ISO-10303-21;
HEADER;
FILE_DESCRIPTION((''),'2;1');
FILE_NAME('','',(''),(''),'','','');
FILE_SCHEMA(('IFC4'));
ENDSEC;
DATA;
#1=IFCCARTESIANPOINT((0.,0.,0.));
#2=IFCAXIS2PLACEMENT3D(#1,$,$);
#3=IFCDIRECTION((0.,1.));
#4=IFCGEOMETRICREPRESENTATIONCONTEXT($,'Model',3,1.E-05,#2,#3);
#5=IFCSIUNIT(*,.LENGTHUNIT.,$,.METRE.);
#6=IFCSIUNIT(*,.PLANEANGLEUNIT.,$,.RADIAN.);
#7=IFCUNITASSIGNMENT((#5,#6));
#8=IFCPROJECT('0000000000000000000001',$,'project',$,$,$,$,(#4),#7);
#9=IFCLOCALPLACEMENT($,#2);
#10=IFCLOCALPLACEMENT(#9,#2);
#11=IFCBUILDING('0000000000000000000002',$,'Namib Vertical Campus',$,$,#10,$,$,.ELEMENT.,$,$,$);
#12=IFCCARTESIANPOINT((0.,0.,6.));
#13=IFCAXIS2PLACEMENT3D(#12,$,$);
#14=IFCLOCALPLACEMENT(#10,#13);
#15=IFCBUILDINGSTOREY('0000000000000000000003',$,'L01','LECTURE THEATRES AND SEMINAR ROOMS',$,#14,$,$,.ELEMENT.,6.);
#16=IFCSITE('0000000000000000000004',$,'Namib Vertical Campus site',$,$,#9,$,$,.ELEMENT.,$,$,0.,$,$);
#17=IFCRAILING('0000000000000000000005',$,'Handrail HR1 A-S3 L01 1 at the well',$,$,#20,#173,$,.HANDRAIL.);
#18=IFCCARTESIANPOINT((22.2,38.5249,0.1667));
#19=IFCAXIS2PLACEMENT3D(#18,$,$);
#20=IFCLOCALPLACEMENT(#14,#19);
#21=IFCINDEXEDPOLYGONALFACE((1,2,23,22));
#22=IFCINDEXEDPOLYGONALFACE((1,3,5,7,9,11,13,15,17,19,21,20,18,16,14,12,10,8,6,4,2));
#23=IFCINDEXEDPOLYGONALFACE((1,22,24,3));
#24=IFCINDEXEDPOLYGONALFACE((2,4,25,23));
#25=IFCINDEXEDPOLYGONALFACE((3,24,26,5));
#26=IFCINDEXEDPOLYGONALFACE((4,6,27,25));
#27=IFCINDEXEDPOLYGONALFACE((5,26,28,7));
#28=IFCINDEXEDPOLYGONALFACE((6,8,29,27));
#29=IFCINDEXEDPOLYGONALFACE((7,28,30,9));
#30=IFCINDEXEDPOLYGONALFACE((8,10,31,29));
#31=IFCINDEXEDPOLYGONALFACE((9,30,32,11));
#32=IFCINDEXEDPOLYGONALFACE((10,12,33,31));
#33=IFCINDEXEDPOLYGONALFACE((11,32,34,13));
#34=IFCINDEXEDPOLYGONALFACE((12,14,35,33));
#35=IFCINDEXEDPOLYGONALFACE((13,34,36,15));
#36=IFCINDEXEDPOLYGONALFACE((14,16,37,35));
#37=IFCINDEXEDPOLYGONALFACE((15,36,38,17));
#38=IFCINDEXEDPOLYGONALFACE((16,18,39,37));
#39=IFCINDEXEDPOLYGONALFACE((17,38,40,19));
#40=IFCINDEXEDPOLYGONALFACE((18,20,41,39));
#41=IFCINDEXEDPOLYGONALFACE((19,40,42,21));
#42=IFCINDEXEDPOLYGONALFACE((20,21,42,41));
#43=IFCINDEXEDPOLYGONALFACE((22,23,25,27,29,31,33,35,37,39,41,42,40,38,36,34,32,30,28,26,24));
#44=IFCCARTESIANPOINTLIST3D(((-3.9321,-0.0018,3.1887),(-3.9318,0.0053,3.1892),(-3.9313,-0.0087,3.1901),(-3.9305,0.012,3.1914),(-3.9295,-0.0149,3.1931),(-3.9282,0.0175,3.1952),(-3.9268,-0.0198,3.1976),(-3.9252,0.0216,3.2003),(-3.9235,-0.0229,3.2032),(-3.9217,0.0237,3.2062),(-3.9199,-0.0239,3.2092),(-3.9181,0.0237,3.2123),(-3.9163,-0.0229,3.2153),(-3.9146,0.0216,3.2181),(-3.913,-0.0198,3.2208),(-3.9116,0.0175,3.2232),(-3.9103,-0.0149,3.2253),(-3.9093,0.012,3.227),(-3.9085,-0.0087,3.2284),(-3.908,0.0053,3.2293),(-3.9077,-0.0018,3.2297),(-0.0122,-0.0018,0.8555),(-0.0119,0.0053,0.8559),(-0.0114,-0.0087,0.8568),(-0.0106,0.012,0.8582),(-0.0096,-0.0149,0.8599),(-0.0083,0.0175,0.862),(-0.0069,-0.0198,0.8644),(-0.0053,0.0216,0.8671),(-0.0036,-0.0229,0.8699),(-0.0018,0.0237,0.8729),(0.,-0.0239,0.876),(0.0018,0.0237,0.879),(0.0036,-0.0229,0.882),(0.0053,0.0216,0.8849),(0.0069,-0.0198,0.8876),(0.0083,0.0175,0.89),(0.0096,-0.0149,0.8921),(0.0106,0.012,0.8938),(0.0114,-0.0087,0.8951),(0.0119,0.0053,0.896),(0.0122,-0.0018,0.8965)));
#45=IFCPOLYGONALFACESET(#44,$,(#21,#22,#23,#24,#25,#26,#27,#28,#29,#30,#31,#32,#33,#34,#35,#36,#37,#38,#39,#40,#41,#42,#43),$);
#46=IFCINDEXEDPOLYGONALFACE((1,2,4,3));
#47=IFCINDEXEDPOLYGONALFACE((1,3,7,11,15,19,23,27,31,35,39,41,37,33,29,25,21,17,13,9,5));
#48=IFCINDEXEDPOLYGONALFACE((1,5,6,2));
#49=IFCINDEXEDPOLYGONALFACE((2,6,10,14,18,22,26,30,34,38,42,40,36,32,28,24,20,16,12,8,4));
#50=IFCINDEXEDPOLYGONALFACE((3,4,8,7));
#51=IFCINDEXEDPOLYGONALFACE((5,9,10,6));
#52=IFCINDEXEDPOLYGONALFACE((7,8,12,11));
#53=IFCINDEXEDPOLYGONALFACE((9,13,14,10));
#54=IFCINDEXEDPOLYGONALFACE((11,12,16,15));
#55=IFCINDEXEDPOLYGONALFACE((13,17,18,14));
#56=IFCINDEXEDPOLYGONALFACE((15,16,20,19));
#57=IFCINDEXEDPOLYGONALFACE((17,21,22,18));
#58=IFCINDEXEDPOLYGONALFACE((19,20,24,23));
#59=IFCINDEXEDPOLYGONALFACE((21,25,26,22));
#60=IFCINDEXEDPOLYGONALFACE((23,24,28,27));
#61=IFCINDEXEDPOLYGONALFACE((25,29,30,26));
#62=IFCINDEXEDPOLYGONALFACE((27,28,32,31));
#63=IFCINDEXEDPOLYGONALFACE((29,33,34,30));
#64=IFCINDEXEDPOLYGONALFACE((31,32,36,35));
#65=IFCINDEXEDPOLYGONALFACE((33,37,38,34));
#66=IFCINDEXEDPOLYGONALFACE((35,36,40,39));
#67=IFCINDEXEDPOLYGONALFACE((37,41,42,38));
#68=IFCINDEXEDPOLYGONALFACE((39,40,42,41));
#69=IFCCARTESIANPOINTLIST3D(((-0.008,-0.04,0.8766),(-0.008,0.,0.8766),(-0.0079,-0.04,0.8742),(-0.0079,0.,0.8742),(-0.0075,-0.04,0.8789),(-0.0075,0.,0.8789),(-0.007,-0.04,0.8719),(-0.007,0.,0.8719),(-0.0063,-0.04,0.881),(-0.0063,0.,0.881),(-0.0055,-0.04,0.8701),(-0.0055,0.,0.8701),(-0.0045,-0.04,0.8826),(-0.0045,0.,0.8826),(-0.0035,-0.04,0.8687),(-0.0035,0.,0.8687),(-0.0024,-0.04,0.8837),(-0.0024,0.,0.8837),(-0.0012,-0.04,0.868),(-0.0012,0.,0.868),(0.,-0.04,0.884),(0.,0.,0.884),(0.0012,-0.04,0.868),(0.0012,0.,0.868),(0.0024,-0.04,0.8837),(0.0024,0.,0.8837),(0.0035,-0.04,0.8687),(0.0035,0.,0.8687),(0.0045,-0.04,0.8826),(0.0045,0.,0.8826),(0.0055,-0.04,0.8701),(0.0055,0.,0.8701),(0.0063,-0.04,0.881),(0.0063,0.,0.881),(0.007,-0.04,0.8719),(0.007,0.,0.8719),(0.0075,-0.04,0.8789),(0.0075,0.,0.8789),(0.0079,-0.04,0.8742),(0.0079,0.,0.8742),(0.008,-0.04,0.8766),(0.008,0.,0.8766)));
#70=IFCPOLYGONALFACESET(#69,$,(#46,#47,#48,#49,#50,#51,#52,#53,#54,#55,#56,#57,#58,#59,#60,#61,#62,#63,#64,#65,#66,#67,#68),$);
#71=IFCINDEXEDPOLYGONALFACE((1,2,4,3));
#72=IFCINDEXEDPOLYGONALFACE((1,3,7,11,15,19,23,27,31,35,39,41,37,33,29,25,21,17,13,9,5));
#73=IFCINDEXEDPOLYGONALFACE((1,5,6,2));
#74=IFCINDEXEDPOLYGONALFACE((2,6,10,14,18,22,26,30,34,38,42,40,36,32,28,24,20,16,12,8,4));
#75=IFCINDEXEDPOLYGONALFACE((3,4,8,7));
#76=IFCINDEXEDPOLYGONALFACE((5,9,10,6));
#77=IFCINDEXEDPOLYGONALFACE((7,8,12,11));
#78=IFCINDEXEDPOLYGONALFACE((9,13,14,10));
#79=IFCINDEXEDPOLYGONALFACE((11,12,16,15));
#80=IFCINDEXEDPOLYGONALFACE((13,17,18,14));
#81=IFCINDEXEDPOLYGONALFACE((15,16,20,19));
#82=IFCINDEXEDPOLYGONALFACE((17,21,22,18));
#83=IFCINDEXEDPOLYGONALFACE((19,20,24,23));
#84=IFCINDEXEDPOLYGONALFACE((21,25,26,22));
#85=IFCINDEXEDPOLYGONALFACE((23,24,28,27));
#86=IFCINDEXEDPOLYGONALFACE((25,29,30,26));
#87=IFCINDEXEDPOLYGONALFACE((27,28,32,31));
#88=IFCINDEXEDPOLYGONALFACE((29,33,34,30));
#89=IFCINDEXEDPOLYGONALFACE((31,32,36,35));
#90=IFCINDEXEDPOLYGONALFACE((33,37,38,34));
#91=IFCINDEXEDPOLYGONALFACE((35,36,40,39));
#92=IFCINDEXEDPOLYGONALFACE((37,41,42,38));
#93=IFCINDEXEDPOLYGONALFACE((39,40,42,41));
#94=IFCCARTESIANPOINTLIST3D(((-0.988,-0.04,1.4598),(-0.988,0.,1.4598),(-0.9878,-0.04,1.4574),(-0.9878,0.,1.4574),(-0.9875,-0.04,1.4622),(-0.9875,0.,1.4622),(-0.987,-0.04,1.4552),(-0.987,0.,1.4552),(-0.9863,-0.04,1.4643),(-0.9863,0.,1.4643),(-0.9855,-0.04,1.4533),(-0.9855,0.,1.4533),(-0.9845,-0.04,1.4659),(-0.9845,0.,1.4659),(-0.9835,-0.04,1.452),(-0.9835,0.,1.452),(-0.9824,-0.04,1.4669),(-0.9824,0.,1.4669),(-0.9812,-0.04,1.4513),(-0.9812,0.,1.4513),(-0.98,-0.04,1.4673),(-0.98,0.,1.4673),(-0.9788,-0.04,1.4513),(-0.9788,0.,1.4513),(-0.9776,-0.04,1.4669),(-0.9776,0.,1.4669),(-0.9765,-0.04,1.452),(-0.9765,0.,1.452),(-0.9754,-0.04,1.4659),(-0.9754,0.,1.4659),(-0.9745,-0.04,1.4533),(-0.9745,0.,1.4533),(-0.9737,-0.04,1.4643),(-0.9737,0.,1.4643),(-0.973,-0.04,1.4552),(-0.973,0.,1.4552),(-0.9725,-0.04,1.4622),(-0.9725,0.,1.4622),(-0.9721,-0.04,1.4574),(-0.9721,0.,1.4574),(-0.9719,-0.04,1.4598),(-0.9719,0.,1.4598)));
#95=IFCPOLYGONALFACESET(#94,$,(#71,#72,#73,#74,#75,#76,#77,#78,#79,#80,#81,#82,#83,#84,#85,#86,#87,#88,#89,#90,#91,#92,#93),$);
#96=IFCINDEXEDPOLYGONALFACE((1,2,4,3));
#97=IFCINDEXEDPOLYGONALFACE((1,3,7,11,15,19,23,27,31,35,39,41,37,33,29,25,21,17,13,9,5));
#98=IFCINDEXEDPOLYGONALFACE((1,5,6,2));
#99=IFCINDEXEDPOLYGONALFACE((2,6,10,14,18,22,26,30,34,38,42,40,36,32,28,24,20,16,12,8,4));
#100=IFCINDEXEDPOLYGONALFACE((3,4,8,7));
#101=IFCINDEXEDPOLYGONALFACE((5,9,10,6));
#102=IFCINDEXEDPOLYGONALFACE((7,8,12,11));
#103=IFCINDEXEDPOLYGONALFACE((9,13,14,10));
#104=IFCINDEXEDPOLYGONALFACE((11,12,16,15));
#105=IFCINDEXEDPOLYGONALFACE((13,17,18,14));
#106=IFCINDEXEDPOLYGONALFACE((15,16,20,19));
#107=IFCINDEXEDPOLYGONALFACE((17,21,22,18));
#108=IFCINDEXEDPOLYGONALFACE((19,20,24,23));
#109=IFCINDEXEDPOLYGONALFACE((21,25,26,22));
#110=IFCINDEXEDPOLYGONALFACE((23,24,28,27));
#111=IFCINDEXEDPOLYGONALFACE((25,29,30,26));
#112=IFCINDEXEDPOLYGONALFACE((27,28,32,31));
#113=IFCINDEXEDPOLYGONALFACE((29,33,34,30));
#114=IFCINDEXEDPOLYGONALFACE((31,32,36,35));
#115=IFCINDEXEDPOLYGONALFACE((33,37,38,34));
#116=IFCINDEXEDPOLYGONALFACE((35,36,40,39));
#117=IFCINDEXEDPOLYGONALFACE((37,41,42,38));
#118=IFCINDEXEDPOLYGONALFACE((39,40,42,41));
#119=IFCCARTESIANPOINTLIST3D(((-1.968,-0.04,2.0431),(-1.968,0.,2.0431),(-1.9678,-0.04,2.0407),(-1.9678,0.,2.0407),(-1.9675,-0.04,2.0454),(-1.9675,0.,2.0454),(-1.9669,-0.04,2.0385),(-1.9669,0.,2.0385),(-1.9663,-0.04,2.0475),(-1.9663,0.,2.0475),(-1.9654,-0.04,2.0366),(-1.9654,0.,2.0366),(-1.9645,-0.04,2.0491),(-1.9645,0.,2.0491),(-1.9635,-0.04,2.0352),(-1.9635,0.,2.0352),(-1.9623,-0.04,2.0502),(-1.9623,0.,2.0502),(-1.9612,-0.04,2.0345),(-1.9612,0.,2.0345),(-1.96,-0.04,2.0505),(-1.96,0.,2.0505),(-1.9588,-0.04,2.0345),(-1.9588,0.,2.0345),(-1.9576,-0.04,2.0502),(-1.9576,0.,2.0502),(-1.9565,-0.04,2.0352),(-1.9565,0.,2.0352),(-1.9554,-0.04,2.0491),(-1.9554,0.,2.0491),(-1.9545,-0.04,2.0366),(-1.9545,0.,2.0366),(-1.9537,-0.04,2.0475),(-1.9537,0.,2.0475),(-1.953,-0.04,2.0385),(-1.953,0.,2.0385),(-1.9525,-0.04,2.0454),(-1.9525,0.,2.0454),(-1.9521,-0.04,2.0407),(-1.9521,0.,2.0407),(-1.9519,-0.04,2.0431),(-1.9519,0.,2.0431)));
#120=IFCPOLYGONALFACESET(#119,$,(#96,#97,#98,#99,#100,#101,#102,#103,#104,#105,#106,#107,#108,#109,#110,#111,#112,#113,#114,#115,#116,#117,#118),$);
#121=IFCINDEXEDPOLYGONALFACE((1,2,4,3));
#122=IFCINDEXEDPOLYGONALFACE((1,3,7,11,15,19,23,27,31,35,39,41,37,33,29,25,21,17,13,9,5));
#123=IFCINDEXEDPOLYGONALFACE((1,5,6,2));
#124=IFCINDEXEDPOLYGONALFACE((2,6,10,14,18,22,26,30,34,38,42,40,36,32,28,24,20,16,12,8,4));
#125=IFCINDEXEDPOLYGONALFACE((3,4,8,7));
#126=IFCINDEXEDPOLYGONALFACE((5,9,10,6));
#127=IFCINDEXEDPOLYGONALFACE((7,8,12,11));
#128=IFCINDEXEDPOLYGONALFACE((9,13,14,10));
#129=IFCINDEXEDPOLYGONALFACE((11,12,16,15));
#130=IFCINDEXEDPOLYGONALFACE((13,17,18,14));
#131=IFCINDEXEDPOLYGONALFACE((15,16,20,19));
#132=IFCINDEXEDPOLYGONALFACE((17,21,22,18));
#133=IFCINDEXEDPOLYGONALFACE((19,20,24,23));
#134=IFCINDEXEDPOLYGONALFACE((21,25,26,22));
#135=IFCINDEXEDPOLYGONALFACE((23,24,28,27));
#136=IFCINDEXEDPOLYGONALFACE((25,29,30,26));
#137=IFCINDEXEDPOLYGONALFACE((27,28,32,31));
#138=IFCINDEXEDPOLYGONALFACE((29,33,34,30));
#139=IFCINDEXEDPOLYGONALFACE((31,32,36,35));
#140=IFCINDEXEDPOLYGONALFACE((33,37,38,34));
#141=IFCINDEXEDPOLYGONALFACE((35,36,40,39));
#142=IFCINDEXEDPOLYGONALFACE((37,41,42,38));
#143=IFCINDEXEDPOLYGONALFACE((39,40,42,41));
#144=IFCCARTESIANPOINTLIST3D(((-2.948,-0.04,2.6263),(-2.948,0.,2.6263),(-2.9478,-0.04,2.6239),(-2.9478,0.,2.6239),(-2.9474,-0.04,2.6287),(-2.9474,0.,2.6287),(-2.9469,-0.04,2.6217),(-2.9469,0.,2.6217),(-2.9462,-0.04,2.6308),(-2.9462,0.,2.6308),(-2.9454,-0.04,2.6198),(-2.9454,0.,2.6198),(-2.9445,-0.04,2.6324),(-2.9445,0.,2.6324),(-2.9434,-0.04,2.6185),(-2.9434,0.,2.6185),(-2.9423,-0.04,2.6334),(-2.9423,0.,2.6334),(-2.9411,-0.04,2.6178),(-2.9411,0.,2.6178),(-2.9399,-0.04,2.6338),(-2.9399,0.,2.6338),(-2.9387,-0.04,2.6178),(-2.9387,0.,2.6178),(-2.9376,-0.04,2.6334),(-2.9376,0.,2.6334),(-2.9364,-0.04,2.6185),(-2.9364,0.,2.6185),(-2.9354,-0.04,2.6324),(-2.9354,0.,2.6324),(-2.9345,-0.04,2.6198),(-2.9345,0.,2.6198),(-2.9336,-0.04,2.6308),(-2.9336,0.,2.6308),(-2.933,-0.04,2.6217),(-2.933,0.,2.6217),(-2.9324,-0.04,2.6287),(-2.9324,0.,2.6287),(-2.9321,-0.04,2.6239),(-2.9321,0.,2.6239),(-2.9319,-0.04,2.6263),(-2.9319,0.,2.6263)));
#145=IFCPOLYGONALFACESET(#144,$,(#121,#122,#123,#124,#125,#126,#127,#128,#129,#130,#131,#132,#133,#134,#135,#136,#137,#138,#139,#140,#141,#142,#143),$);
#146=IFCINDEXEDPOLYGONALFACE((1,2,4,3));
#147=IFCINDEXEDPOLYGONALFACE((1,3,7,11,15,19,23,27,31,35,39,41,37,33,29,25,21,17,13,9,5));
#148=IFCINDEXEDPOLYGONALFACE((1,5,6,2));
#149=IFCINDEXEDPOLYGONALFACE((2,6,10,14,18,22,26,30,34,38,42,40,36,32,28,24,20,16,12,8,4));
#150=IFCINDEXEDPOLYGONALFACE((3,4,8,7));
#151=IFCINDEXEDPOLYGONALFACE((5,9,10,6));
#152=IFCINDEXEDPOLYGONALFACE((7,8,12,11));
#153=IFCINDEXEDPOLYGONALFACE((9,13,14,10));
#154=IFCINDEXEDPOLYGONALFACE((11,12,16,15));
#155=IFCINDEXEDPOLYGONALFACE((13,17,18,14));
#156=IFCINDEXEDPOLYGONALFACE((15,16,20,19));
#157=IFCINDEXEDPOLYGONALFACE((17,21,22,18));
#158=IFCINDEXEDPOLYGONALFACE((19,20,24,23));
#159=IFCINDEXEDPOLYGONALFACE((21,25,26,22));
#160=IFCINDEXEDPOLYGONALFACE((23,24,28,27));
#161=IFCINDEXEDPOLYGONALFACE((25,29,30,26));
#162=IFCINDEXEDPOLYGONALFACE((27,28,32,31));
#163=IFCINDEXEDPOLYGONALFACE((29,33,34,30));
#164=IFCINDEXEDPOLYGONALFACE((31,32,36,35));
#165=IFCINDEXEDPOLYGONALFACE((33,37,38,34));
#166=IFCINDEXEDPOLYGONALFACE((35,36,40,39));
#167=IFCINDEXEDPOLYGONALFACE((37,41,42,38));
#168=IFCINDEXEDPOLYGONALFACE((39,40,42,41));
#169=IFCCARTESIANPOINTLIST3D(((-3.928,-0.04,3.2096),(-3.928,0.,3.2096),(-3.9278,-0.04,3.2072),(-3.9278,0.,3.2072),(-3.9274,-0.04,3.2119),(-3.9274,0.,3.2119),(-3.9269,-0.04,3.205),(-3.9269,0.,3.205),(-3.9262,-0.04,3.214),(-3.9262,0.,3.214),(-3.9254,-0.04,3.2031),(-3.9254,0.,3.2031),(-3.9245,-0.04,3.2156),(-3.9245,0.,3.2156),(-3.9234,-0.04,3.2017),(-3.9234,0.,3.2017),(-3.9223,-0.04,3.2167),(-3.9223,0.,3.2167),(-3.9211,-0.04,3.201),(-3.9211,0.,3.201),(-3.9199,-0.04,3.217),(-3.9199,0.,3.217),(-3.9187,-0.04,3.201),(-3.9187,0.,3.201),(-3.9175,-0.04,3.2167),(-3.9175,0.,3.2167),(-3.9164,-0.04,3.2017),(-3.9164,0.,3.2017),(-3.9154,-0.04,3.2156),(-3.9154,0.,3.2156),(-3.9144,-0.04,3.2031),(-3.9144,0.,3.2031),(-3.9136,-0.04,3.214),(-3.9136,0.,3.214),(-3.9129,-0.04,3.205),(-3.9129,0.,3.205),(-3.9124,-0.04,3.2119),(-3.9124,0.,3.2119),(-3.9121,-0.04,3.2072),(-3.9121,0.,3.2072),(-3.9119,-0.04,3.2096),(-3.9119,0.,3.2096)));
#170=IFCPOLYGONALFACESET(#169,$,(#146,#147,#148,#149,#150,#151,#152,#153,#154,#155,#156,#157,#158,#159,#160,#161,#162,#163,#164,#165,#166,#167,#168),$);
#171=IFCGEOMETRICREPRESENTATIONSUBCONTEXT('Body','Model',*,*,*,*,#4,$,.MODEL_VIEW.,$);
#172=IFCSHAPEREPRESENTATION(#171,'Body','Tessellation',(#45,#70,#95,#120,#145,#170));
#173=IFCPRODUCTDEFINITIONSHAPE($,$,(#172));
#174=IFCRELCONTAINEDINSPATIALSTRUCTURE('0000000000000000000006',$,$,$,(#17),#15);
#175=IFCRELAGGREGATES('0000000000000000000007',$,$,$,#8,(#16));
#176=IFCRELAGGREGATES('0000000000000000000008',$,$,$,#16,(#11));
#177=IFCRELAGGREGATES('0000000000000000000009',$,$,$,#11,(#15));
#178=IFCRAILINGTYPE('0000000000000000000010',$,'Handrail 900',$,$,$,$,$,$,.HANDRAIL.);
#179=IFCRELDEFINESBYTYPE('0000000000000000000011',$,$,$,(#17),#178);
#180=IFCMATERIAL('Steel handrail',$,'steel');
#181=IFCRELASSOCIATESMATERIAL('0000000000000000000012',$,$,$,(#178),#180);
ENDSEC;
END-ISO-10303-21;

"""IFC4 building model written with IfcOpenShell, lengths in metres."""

from ifc_helpers import new_model, si_unit, direction, frame, origin, origin_2d, place, context, subcontext, project, spatial, circle, extrude, material, type_object, element, save


model = new_model("IFC4")

# Units and contexts
model_context = context("Model", 3, precision=1e-05, world=origin(), true_north=direction((0.0, 1.0)))
body_context = subcontext(model_context, "Body", "Model", "MODEL_VIEW")
ifc_project = project(units=[si_unit("LENGTHUNIT", "METRE"), si_unit("PLANEANGLEUNIT", "RADIAN")], contexts=[model_context])

# Site, building, storey
site_placement = place(None, origin())
site = spatial("IfcSite", under=ifc_project, at=site_placement, Name="Namib Vertical Campus site", CompositionType="ELEMENT", RefElevation=0.0)
building_placement = place(site_placement, origin())
building = spatial("IfcBuilding", under=site, at=building_placement, Name="Namib Vertical Campus", CompositionType="ELEMENT")
storey_placement = place(building_placement, frame((0.0, 0.0, 6.0)))
storey = spatial("IfcBuildingStorey", under=building, at=storey_placement, Name="L01", Description="LECTURE THEATRES AND SEMINAR ROOMS", CompositionType="ELEMENT", Elevation=6.0)

# Railing
ifc_material_1 = material(Name="Steel handrail", Category="steel")
railing_type_1 = type_object("IfcRailingType", Name="Handrail 900", PredefinedType="HANDRAIL", material=ifc_material_1)
railing_1_placement = place(storey_placement, frame((22.2, 38.5249, 0.1667)))
element("IfcRailing", 1, at=railing_1_placement, inside=storey, type_object=railing_type_1, Name="Handrail HR1 A-S3 L01 1 at the well", PredefinedType="HANDRAIL", context=body_context, shape_type="SweptSolid", body=[
    extrude(circle(Radius=0.0239, at=origin_2d()), frame((0.0, 0.0, 0.876), z_axis=(-0.859296, 0.0, 0.511478), x_axis=(0.0, -1.0, 0.0)), (0.0, 0.0, 1.0), 4.5618),
    extrude(circle(Radius=0.0081, at=origin_2d()), frame((0.0, 0.0, 0.876), z_axis=(0.0, -1.0, 0.0), x_axis=(0.0, 0.0, 1.0)), (0.0, 0.0, 1.0), 0.04),
    extrude(circle(Radius=0.0081, at=origin_2d()), frame((-0.98, 0.0, 1.4592), z_axis=(0.0, -1.0, 0.0), x_axis=(0.0, 0.0, 1.0)), (0.0, 0.0, 1.0), 0.04),
    extrude(circle(Radius=0.0081, at=origin_2d()), frame((-1.96, 0.0, 2.0425), z_axis=(0.0, -1.0, 0.0), x_axis=(0.0, 0.0, 1.0)), (0.0, 0.0, 1.0), 0.04),
    extrude(circle(Radius=0.0081, at=origin_2d()), frame((-2.9399, 0.0, 2.6257), z_axis=(0.0, -1.0, 0.0), x_axis=(0.0, 0.0, 1.0)), (0.0, 0.0, 1.0), 0.04),
    extrude(circle(Radius=0.0081, at=origin_2d()), frame((-3.9199, 0.0, 3.209), z_axis=(0.0, -1.0, 0.0), x_axis=(0.0, 0.0, 1.0)), (0.0, 0.0, 1.0), 0.04),
])

save(model, "model.ifc")
